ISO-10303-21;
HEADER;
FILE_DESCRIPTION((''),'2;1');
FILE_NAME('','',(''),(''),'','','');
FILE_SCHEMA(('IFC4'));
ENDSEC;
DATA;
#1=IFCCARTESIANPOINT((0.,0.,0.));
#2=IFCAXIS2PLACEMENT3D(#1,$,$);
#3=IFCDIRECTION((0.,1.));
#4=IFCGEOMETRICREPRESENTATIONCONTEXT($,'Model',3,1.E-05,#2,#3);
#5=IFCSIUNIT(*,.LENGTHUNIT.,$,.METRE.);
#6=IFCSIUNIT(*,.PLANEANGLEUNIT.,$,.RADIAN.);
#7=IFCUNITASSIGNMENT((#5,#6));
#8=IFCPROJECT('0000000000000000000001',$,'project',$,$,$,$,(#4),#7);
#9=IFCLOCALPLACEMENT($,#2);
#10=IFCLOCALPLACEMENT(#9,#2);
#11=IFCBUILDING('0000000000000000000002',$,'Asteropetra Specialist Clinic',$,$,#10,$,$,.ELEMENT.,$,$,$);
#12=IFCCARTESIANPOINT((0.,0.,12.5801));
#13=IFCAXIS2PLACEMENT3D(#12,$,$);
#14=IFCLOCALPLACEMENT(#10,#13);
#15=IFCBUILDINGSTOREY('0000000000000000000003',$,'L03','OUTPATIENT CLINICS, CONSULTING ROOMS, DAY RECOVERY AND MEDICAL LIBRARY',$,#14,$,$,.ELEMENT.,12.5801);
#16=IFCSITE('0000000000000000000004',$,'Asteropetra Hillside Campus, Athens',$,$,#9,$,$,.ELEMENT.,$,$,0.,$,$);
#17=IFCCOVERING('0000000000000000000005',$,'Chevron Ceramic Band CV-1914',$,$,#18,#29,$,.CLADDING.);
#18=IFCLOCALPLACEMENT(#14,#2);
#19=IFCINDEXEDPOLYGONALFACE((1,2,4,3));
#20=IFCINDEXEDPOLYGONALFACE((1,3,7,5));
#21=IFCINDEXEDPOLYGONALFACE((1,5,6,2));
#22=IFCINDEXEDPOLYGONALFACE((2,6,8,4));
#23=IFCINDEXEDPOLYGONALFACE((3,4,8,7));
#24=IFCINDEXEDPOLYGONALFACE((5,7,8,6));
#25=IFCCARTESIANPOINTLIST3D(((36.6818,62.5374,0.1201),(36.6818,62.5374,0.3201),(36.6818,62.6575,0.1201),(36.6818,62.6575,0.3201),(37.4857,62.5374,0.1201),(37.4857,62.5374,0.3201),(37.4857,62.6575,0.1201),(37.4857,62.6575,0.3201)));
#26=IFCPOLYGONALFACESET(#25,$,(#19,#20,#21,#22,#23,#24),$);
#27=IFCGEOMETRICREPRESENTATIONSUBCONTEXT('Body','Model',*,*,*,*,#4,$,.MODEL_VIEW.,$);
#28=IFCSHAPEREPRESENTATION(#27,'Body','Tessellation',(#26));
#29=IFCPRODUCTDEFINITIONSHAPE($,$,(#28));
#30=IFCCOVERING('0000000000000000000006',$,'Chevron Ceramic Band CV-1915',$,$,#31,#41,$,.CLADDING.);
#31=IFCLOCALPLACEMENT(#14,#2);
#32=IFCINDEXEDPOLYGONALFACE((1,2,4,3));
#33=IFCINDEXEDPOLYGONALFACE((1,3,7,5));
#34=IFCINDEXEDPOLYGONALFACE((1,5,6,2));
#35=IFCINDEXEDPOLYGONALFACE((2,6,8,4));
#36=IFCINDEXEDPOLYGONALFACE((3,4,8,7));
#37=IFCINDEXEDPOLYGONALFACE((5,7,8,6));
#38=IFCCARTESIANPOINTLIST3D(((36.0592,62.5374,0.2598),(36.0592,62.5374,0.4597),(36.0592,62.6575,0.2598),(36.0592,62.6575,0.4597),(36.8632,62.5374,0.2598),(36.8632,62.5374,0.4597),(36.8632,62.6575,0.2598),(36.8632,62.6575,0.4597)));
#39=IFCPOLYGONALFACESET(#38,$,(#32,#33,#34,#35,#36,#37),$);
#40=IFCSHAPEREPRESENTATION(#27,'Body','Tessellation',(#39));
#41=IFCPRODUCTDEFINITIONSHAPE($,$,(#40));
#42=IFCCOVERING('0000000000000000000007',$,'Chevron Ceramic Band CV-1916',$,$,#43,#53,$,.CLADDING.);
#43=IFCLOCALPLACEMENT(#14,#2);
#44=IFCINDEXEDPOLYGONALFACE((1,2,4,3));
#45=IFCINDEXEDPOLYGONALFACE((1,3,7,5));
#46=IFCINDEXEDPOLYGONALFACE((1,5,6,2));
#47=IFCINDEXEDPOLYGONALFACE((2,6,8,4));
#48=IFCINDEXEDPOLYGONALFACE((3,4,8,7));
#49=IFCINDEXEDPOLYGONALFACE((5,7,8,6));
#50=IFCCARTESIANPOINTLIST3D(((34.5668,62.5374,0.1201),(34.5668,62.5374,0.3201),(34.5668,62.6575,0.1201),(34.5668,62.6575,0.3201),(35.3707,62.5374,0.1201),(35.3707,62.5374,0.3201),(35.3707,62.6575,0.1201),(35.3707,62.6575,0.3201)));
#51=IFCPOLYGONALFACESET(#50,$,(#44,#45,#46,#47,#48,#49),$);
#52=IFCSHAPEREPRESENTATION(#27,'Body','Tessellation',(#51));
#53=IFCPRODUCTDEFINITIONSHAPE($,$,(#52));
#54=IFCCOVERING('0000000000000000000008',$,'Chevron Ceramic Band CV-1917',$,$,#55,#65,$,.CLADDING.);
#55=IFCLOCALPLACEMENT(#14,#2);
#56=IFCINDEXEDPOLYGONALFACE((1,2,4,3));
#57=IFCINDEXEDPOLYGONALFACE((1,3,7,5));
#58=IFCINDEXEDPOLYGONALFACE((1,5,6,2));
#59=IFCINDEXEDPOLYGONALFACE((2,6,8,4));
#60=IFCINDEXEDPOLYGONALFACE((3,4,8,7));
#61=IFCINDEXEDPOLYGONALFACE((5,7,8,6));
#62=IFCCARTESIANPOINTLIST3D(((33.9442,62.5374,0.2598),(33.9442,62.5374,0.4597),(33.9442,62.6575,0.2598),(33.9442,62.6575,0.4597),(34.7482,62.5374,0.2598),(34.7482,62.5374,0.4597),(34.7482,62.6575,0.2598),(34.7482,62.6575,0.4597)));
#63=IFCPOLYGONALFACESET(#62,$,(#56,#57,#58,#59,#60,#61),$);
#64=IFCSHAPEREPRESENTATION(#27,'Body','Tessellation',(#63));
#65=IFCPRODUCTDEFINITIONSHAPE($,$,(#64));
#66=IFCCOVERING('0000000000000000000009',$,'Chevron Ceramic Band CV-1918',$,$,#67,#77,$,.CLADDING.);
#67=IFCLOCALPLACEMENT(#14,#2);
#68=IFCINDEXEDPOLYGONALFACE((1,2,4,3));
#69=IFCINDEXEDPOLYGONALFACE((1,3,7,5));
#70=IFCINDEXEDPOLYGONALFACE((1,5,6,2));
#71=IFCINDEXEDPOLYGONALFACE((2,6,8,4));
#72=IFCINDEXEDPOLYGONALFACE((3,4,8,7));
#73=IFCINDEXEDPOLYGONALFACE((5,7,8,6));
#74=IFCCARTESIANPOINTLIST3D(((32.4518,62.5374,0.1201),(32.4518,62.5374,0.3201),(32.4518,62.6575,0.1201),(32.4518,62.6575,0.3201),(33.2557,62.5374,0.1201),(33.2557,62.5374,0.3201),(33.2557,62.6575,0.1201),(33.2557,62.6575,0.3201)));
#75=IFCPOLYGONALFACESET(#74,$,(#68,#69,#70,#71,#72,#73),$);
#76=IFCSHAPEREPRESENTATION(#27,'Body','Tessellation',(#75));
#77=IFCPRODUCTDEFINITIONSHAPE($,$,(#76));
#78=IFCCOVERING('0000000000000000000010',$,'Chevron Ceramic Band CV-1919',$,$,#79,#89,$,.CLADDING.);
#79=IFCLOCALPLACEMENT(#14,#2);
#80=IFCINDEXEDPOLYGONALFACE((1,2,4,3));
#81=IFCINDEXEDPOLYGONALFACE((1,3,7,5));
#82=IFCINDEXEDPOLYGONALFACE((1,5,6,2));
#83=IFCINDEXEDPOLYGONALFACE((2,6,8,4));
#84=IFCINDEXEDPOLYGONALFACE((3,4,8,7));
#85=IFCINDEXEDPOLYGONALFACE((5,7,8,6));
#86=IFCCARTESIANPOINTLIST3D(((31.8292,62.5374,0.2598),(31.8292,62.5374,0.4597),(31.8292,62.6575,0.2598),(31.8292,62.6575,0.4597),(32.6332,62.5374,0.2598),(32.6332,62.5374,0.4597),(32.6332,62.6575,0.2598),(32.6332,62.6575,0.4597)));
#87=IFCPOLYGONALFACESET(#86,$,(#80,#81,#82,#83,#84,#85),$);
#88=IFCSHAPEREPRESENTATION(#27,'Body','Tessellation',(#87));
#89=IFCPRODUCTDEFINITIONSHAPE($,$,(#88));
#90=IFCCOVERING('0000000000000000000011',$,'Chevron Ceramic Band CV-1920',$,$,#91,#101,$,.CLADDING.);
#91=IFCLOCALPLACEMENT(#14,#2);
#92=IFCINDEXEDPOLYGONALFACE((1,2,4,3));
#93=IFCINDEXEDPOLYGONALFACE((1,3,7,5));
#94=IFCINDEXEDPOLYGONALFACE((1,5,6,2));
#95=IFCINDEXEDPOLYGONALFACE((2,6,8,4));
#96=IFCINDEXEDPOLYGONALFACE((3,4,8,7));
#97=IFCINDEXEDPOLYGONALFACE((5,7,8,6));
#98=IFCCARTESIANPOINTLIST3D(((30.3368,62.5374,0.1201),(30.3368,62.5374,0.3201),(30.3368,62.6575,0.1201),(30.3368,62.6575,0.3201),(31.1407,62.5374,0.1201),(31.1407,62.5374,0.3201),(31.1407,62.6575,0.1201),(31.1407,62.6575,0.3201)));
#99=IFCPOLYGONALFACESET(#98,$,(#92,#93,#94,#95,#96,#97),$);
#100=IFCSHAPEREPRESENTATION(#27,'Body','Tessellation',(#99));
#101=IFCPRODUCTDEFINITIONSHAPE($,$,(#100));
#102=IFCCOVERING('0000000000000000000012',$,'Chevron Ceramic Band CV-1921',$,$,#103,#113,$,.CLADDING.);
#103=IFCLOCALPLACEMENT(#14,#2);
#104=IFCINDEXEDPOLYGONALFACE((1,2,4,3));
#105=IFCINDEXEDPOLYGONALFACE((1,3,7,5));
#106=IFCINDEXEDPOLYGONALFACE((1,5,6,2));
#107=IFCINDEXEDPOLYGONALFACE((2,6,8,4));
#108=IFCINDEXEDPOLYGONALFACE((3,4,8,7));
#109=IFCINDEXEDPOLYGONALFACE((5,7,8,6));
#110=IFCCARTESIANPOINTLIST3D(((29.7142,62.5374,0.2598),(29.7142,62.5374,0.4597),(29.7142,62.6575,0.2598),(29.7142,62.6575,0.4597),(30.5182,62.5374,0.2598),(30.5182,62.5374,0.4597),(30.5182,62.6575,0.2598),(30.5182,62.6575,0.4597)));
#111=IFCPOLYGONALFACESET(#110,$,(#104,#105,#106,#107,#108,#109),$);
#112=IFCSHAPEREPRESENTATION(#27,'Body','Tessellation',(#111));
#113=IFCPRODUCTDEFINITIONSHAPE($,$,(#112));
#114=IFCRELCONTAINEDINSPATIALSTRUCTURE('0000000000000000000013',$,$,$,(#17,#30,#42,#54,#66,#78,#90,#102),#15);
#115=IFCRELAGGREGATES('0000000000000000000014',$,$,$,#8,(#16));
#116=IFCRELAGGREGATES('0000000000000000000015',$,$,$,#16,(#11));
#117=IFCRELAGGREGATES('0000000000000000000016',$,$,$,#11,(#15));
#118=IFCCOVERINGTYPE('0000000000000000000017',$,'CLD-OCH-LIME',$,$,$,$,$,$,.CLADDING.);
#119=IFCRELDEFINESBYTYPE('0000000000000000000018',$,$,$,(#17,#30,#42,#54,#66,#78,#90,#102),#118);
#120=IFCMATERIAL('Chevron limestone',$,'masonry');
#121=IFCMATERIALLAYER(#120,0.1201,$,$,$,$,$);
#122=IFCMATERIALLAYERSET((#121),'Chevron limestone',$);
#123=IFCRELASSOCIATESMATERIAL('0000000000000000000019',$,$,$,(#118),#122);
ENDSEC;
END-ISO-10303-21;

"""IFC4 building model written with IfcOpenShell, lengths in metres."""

from ifc_helpers import new_model, si_unit, direction, frame, origin, origin_2d, place, context, subcontext, project, spatial, rectangle, extrude, material, layer, layer_set, type_object, element, save


model = new_model("IFC4")

# Units and contexts
model_context = context("Model", 3, precision=1e-05, world=origin(), true_north=direction((0.0, 1.0)))
body_context = subcontext(model_context, "Body", "Model", "MODEL_VIEW")
ifc_project = project(units=[si_unit("LENGTHUNIT", "METRE"), si_unit("PLANEANGLEUNIT", "RADIAN")], contexts=[model_context])

# Site, building, storey
site_placement = place(None, origin())
site = spatial("IfcSite", under=ifc_project, at=site_placement, Name="Asteropetra Hillside Campus, Athens", CompositionType="ELEMENT", RefElevation=0.0)
building_placement = place(site_placement, origin())
building = spatial("IfcBuilding", under=site, at=building_placement, Name="Asteropetra Specialist Clinic", CompositionType="ELEMENT")
storey_placement = place(building_placement, frame((0.0, 0.0, 12.5801)))
storey = spatial("IfcBuildingStorey", under=building, at=storey_placement, Name="L03", Description="OUTPATIENT CLINICS, CONSULTING ROOMS, DAY RECOVERY AND MEDICAL LIBRARY", CompositionType="ELEMENT", Elevation=12.5801)

# Coverings
ifc_material_1 = material(Name="Chevron limestone", Category="masonry")
ifc_layer_1 = layer(ifc_material_1, 0.1201)
ifc_layer_set_1 = layer_set([ifc_layer_1], Name="Chevron limestone")
covering_type = type_object("IfcCoveringType", Name="CLD-OCH-LIME", PredefinedType="CLADDING", material=ifc_layer_set_1)
for number, where, z_axis, x_axis, name in (
    (1, (37.0837, 62.5974, 0.1201), (0.0, 0.0, 1.0), (1.0, 0.0, 0.0), "Chevron Ceramic Band CV-1914"),
    (2, (36.4612, 62.5974, 0.2598), (0.0, 0.0, 1.0), (1.0, 0.0, 0.0), "Chevron Ceramic Band CV-1915"),
    (3, (34.9688, 62.5974, 0.1201), (0.0, 0.0, 1.0), (1.0, 0.0, 0.0), "Chevron Ceramic Band CV-1916"),
    (4, (34.3462, 62.5974, 0.2598), (0.0, 0.0, 1.0), (1.0, 0.0, 0.0), "Chevron Ceramic Band CV-1917"),
    (5, (32.8538, 62.5974, 0.1201), (0.0, 0.0, 1.0), (1.0, 0.0, 0.0), "Chevron Ceramic Band CV-1918"),
    (6, (32.2312, 62.5974, 0.2598), (0.0, 0.0, 1.0), (1.0, 0.0, 0.0), "Chevron Ceramic Band CV-1919"),
    (7, (30.7388, 62.5974, 0.1201), (0.0, 0.0, 1.0), (1.0, 0.0, 0.0), "Chevron Ceramic Band CV-1920"),
    (8, (30.1162, 62.5974, 0.2598), (0.0, 0.0, 1.0), (1.0, 0.0, 0.0), "Chevron Ceramic Band CV-1921"),
):
    element("IfcCovering", number, at=place(storey_placement, frame(where, z_axis=z_axis, x_axis=x_axis)), inside=storey, type_object=covering_type, Name=name, PredefinedType="CLADDING", context=body_context, shape_type="SweptSolid", body=[
        extrude(rectangle(XDim=0.804, YDim=0.1201, at=origin_2d()), origin(), (0.0, 0.0, 1.0), 0.2),
    ])

save(model, "model.ifc")
